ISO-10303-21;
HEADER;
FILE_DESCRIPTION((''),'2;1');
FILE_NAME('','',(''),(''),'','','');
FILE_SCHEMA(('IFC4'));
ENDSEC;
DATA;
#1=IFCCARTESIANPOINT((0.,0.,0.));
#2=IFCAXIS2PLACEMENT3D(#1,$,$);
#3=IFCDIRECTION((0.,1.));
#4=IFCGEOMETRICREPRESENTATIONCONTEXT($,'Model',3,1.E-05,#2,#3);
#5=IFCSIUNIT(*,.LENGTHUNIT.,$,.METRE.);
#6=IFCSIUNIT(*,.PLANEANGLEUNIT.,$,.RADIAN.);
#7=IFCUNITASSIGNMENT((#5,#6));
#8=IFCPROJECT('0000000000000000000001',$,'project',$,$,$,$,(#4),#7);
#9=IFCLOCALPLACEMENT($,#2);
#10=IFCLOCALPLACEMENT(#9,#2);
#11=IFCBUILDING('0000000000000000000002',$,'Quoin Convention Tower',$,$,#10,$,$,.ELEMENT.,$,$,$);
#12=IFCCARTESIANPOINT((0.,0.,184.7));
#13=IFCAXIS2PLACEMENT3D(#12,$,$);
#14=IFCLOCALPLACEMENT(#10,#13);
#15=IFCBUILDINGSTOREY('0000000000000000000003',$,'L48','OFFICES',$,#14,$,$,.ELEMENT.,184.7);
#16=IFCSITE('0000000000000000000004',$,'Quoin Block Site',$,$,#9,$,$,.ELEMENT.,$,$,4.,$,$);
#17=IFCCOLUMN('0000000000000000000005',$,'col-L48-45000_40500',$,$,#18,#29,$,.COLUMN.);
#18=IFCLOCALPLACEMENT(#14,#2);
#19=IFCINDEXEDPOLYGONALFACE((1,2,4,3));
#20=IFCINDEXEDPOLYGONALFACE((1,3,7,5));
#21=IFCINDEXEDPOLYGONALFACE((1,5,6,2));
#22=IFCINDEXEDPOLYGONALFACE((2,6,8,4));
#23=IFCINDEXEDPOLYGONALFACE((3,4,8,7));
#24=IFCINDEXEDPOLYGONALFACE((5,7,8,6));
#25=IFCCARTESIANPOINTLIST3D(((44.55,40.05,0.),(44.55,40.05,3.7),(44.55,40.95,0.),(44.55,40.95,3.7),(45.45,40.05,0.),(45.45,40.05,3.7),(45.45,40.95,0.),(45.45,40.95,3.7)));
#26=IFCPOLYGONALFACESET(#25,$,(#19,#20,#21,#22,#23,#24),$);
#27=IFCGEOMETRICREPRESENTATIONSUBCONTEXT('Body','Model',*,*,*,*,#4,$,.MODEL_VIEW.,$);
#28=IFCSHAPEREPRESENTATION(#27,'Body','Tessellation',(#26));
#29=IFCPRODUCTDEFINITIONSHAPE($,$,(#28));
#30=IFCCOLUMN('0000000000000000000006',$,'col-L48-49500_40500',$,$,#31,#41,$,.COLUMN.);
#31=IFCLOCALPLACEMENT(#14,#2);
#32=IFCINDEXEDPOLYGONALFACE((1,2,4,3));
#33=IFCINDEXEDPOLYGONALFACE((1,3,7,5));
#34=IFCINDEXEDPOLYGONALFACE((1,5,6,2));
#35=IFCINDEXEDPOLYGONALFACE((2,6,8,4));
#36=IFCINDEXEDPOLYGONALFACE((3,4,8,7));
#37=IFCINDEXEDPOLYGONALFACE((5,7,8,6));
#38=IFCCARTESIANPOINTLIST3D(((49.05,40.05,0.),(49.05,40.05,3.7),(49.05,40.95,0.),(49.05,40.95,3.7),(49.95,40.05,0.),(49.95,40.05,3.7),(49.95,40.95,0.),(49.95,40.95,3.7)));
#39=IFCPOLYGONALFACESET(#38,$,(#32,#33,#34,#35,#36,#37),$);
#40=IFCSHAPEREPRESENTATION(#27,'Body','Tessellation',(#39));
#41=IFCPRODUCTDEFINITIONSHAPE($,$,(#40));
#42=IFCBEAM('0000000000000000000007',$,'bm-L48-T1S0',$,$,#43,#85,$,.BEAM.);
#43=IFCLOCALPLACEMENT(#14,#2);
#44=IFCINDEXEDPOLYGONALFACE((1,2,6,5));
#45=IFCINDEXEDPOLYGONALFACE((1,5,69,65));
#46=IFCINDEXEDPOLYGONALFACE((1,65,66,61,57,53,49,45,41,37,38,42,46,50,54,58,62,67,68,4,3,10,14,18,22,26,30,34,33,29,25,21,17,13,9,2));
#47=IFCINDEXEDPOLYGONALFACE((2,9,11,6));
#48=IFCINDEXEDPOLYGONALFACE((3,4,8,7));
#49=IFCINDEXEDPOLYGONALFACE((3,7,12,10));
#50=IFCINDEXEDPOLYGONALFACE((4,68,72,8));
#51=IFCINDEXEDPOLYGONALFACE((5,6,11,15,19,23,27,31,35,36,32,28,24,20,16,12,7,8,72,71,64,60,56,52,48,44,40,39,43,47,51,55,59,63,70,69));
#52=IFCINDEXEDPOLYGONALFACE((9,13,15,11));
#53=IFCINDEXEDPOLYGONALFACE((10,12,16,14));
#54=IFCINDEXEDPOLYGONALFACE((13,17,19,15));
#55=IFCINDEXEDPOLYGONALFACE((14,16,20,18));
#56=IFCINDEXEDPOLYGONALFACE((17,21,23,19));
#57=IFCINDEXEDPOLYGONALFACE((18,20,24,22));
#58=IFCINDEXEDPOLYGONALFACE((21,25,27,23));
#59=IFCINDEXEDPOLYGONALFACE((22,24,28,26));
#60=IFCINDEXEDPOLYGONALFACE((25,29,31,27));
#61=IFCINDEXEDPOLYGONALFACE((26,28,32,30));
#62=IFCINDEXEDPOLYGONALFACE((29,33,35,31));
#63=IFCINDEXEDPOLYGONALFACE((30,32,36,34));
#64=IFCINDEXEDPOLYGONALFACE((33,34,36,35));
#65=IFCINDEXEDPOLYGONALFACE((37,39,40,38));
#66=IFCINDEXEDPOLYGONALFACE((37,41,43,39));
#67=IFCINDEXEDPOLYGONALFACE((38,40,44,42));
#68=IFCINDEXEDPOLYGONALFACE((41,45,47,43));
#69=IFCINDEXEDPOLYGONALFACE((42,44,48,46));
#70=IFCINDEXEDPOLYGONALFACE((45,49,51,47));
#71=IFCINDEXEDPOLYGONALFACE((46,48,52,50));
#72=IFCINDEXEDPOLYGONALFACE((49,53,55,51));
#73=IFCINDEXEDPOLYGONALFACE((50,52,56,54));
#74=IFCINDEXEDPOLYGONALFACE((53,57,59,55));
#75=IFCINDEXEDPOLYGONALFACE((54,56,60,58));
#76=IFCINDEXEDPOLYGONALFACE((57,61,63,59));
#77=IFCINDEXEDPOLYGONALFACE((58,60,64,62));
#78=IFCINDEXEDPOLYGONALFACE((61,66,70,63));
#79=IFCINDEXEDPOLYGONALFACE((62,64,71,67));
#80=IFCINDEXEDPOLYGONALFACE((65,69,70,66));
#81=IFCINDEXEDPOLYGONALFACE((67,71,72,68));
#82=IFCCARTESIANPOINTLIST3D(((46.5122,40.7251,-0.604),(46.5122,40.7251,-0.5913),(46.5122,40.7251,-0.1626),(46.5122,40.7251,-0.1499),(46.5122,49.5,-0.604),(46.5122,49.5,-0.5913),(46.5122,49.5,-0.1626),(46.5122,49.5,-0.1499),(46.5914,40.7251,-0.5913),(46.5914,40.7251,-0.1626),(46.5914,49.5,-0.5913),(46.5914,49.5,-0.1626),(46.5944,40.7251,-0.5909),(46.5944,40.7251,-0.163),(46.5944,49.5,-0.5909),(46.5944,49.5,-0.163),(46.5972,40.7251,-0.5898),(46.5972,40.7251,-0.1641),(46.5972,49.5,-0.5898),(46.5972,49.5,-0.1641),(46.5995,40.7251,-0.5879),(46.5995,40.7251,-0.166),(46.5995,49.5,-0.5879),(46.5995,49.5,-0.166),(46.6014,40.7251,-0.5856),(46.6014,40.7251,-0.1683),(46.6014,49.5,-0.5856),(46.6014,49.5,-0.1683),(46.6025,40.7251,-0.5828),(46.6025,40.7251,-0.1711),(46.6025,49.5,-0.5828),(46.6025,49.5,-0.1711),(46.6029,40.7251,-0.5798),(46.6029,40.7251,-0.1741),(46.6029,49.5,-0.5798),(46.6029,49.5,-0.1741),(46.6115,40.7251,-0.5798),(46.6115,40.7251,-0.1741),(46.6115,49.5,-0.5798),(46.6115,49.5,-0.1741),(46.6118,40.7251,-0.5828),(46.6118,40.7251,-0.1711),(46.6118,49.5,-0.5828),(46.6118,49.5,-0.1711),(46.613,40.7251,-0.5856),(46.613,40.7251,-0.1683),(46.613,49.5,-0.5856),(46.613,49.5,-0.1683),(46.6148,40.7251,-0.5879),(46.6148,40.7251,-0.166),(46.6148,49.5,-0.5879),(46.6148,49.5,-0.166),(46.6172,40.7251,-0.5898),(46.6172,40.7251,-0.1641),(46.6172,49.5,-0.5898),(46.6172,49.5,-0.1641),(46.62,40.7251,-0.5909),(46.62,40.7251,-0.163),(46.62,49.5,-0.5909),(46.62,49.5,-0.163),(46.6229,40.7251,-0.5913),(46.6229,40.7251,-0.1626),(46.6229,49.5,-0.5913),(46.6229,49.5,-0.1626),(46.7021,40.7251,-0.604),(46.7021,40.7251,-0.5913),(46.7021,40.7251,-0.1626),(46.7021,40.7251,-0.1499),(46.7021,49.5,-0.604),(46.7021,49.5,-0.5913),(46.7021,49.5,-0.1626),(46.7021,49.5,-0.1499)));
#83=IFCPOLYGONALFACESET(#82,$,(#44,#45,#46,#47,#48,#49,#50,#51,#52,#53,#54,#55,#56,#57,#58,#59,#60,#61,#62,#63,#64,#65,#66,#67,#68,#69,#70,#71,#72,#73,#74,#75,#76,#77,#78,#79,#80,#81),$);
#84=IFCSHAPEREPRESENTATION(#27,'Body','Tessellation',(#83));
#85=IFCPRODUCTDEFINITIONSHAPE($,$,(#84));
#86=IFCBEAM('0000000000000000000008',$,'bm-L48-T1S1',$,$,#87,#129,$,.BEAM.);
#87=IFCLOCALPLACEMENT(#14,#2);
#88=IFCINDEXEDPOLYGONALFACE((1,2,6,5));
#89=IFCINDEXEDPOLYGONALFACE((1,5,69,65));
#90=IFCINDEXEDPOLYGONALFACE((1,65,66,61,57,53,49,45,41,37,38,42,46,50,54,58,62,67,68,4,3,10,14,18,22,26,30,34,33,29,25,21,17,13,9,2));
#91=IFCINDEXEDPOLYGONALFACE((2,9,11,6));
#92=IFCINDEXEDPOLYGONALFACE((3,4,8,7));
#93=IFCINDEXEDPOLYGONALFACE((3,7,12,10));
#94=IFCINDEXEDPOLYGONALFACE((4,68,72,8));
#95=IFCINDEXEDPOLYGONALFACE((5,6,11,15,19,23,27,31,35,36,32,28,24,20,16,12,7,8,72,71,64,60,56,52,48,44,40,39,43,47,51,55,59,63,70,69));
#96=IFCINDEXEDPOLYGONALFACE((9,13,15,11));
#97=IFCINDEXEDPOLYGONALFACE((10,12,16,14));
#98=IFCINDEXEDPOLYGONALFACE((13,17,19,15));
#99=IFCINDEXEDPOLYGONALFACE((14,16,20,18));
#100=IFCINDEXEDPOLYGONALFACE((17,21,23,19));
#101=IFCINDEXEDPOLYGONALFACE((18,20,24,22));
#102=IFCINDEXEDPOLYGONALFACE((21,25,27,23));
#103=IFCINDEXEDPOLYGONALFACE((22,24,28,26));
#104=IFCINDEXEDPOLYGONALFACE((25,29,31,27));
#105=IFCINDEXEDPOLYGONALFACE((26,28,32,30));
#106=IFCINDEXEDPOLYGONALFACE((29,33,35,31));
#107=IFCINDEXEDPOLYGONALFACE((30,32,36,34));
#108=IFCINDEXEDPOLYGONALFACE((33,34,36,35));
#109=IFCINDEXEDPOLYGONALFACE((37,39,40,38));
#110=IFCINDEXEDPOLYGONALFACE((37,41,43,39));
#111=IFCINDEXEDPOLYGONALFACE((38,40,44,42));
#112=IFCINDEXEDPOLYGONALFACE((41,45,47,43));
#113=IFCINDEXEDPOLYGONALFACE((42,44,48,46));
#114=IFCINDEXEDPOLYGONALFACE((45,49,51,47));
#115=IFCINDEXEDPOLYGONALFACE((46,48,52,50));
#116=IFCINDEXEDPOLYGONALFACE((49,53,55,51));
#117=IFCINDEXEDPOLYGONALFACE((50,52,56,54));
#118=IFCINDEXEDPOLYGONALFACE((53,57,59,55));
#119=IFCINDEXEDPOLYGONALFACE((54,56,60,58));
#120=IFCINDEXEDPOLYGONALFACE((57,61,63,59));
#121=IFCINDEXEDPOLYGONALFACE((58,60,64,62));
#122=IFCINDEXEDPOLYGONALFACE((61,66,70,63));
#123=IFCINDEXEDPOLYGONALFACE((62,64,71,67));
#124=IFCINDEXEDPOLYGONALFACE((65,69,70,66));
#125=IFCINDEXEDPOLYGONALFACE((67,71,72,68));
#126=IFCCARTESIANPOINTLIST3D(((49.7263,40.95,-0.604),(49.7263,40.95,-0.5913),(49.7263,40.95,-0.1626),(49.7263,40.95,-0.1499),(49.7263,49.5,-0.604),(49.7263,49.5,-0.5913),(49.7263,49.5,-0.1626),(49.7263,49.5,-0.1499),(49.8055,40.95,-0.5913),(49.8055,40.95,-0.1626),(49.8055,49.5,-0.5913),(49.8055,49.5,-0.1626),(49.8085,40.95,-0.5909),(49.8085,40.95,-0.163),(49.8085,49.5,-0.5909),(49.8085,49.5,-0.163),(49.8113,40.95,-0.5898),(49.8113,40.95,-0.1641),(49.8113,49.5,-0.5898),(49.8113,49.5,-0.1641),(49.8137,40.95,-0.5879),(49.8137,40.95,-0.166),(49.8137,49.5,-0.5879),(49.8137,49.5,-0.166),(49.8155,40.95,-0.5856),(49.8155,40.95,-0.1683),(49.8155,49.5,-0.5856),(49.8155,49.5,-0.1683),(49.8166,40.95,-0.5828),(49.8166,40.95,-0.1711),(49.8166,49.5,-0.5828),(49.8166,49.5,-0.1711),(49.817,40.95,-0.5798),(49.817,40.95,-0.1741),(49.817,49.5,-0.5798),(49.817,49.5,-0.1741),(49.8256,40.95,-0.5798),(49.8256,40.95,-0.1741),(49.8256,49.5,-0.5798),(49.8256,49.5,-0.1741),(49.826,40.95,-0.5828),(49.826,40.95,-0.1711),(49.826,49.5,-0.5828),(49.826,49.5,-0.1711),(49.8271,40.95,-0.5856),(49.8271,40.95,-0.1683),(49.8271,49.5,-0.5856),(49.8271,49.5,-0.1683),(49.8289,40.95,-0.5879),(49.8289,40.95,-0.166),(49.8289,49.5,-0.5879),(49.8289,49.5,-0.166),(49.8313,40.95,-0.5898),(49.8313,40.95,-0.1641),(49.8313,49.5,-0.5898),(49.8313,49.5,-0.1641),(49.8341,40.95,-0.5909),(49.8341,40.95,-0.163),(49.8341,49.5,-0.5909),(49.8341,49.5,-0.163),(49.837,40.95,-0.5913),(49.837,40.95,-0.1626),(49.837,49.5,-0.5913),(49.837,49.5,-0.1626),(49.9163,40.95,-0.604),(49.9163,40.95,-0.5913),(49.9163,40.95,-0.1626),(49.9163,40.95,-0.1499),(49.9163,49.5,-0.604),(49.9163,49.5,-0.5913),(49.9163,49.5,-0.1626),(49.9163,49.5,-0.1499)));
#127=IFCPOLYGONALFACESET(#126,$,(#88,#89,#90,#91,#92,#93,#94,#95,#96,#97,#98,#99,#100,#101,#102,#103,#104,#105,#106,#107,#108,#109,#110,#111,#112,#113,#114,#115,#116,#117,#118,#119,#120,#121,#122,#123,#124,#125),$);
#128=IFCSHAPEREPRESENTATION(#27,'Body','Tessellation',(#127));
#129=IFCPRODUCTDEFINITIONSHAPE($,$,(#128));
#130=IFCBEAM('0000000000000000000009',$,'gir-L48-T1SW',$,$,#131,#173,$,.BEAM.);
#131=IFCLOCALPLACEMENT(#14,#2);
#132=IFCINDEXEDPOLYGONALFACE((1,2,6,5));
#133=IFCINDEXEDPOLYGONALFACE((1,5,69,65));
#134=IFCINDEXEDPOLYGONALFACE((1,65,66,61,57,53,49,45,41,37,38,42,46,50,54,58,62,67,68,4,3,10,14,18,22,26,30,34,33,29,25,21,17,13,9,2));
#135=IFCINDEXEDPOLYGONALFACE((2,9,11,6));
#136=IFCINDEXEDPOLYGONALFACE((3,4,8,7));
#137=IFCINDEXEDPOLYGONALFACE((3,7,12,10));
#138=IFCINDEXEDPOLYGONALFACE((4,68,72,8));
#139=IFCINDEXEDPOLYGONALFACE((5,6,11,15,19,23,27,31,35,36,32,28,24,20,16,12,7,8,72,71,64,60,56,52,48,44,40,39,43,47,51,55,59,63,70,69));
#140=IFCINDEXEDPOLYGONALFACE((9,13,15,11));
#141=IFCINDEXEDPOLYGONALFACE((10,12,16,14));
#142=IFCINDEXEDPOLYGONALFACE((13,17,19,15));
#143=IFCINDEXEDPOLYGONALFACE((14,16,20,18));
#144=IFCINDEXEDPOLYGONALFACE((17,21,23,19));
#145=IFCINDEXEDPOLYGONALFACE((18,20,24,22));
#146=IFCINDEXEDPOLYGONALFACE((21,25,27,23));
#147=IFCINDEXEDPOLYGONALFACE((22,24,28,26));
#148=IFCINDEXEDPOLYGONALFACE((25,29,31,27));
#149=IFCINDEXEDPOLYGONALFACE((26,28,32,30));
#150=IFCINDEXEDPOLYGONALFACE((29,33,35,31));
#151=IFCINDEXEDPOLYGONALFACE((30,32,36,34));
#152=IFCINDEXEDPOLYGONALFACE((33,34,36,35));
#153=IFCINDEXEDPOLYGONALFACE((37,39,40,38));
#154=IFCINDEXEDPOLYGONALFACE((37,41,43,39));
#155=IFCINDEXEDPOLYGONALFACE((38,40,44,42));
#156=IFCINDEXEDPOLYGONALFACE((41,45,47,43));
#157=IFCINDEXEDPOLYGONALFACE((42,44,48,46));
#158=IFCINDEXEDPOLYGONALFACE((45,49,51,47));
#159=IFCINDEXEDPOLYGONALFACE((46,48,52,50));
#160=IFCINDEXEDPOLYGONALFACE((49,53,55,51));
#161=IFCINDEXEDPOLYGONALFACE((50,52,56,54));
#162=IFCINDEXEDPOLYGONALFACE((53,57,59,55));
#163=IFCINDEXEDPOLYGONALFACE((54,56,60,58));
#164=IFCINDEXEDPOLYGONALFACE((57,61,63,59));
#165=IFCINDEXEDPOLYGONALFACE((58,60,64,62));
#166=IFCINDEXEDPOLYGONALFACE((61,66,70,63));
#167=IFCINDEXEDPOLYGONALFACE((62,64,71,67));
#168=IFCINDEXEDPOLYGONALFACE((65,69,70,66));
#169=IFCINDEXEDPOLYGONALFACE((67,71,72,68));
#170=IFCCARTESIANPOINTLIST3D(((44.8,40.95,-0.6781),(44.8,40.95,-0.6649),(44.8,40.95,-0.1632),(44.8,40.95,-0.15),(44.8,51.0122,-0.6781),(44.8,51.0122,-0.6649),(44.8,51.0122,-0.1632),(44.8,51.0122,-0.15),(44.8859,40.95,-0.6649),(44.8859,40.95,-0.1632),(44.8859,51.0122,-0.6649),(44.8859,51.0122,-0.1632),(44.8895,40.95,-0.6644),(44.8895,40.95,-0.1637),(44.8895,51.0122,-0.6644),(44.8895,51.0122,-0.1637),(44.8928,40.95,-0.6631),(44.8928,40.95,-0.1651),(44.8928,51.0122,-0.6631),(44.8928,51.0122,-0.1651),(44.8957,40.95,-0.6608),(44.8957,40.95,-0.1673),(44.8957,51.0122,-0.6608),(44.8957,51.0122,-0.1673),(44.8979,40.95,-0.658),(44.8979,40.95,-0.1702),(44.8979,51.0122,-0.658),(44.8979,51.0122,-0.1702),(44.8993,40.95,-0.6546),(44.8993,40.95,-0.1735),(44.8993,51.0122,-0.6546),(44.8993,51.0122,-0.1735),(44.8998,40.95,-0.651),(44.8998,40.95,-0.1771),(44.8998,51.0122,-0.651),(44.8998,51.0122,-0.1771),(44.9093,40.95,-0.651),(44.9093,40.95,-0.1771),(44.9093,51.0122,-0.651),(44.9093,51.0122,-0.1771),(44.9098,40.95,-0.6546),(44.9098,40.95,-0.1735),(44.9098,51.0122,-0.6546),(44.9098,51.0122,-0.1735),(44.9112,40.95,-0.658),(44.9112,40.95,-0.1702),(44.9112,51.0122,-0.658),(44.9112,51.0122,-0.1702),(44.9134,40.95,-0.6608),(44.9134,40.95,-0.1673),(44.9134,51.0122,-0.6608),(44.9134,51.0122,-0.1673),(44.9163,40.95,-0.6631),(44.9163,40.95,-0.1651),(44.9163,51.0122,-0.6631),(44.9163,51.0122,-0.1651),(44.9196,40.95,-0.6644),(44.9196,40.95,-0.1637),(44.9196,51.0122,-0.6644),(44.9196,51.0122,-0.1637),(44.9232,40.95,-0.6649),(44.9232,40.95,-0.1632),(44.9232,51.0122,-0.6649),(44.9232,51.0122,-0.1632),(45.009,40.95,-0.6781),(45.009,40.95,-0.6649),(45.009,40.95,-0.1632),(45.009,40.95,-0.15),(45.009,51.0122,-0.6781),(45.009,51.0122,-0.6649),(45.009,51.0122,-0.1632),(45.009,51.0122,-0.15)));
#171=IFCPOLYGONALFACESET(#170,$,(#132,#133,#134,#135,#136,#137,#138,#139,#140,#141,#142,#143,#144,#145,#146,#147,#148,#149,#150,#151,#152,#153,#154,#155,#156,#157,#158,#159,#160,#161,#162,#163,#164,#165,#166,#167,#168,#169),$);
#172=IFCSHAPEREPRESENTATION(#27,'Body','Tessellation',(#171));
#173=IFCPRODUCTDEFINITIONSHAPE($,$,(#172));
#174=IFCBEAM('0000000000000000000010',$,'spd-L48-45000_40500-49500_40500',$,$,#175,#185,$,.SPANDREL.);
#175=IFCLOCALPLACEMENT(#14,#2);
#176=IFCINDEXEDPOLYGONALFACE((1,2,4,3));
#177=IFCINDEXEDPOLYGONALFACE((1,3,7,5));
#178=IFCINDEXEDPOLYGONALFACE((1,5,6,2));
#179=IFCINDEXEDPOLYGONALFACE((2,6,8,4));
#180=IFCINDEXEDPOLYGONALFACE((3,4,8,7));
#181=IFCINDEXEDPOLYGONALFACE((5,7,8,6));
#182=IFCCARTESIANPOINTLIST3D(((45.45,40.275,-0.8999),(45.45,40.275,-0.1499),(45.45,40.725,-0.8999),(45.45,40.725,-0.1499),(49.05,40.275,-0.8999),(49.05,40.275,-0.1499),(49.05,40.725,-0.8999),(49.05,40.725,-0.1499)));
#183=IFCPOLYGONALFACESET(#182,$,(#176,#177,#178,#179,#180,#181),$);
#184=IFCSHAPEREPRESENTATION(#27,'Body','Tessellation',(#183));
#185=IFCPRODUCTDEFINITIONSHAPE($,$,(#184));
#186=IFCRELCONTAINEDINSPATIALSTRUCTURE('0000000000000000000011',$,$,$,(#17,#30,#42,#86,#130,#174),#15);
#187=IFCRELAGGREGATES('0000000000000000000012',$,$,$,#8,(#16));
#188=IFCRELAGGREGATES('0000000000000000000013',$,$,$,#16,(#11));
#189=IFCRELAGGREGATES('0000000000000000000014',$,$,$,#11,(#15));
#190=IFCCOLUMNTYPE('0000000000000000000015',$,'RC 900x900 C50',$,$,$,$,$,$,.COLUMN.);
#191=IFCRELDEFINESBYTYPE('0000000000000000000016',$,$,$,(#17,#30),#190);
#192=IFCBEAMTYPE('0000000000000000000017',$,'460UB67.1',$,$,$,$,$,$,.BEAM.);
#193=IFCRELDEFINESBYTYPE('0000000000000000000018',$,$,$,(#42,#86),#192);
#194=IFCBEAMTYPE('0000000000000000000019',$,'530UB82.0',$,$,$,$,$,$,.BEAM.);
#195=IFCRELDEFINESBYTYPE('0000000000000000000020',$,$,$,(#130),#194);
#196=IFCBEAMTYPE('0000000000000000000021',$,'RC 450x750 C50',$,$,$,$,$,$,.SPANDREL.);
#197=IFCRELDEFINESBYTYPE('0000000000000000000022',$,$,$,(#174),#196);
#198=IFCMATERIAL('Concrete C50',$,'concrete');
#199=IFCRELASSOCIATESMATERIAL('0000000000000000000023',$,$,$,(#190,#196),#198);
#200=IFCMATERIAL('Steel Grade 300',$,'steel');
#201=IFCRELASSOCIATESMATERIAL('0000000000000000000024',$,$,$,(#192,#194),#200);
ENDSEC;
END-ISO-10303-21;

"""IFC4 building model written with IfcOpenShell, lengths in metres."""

from ifc_helpers import new_model, si_unit, direction, frame, origin, origin_2d, place, context, subcontext, project, spatial, rectangle, i_section, extrude, material, material_profile, profile_set, type_object, element, save


model = new_model("IFC4")

# Units and contexts
model_context = context("Model", 3, precision=1e-05, world=origin(), true_north=direction((0.0, 1.0)))
body_context = subcontext(model_context, "Body", "Model", "MODEL_VIEW")
ifc_project = project(units=[si_unit("LENGTHUNIT", "METRE"), si_unit("PLANEANGLEUNIT", "RADIAN")], contexts=[model_context])

# Site, building, storey
site_placement = place(None, origin())
site = spatial("IfcSite", under=ifc_project, at=site_placement, Name="Quoin Block Site", CompositionType="ELEMENT", RefElevation=4.0)
building_placement = place(site_placement, origin())
building = spatial("IfcBuilding", under=site, at=building_placement, Name="Quoin Convention Tower", CompositionType="ELEMENT")
storey_placement = place(building_placement, frame((0.0, 0.0, 184.7)))
storey = spatial("IfcBuildingStorey", under=building, at=storey_placement, Name="L48", Description="OFFICES", CompositionType="ELEMENT", Elevation=184.7)

# Columns
ifc_material_1 = material(Name="Concrete C50", Category="concrete")
ifc_material_profile_1 = material_profile(ifc_material_1, rectangle(XDim=0.8999, YDim=0.8999, at=origin_2d()), Name="RC 900x900")
ifc_profile_set_1 = profile_set([ifc_material_profile_1], Name="Concrete C50")
column_type = type_object("IfcColumnType", Name="RC 900x900 C50", PredefinedType="COLUMN", material=ifc_profile_set_1)
for number, where, z_axis, x_axis, name in (
    (1, (45.0, 40.5, 0.0), (0.0, 0.0, 1.0), (1.0, 0.0, 0.0), "col-L48-45000_40500"),
    (2, (49.5, 40.5, 0.0), (0.0, 0.0, 1.0), (1.0, 0.0, 0.0), "col-L48-49500_40500"),
):
    element("IfcColumn", number, at=place(storey_placement, frame(where, z_axis=z_axis, x_axis=x_axis)), inside=storey, type_object=column_type, Name=name, PredefinedType="COLUMN", context=body_context, shape_type="SweptSolid", body=[
        extrude(rectangle(XDim=0.8999, YDim=0.8999, at=origin_2d()), origin(), (0.0, 0.0, 1.0), 3.7),
    ])

# Beams
ifc_material_2 = material(Name="Steel Grade 300", Category="steel")
ifc_material_profile_2 = material_profile(ifc_material_2, i_section(OverallWidth=0.1899, OverallDepth=0.4541, WebThickness=0.0085, FlangeThickness=0.0127, FilletRadius=0.0115, at=origin_2d()), Name="460UB67.1")
ifc_profile_set_2 = profile_set([ifc_material_profile_2], Name="Steel Grade 300")
beam_type_1 = type_object("IfcBeamType", Name="460UB67.1", PredefinedType="BEAM", material=ifc_profile_set_2)
beam_1_placement = place(storey_placement, frame((46.6072, 40.7251, -0.377), z_axis=(0.0, 1.0, 0.0), x_axis=(-1.0, 0.0, 0.0)))
element("IfcBeam", 3, at=beam_1_placement, inside=storey, type_object=beam_type_1, Name="bm-L48-T1S0", PredefinedType="BEAM", context=body_context, shape_type="SweptSolid", body=[
    extrude(i_section(OverallWidth=0.1899, OverallDepth=0.4541, WebThickness=0.0085, FlangeThickness=0.0127, FilletRadius=0.0115, at=origin_2d()), origin(), (0.0, 0.0, 1.0), 8.7749),
])
beam_2_placement = place(storey_placement, frame((49.8213, 40.95, -0.377), z_axis=(0.0, 1.0, 0.0), x_axis=(-1.0, 0.0, 0.0)))
element("IfcBeam", 4, at=beam_2_placement, inside=storey, type_object=beam_type_1, Name="bm-L48-T1S1", PredefinedType="BEAM", context=body_context, shape_type="SweptSolid", body=[
    extrude(i_section(OverallWidth=0.1899, OverallDepth=0.4541, WebThickness=0.0085, FlangeThickness=0.0127, FilletRadius=0.0115, at=origin_2d()), origin(), (0.0, 0.0, 1.0), 8.55),
])
ifc_material_profile_3 = material_profile(ifc_material_2, i_section(OverallWidth=0.209, OverallDepth=0.5281, WebThickness=0.0095, FlangeThickness=0.0132, FilletRadius=0.0139, at=origin_2d()), Name="530UB82.0")
ifc_profile_set_3 = profile_set([ifc_material_profile_3], Name="Steel Grade 300")
beam_type_2 = type_object("IfcBeamType", Name="530UB82.0", PredefinedType="BEAM", material=ifc_profile_set_3)
beam_3_placement = place(storey_placement, frame((44.9045, 40.95, -0.4141), z_axis=(0.0, 1.0, 0.0), x_axis=(-1.0, 0.0, 0.0)))
element("IfcBeam", 5, at=beam_3_placement, inside=storey, type_object=beam_type_2, Name="gir-L48-T1SW", PredefinedType="BEAM", context=body_context, shape_type="SweptSolid", body=[
    extrude(i_section(OverallWidth=0.209, OverallDepth=0.5281, WebThickness=0.0095, FlangeThickness=0.0132, FilletRadius=0.0139, at=origin_2d()), origin(), (0.0, 0.0, 1.0), 10.0623),
])
ifc_material_profile_4 = material_profile(ifc_material_1, rectangle(XDim=0.45, YDim=0.75, at=origin_2d()), Name="RC 450x750")
ifc_profile_set_4 = profile_set([ifc_material_profile_4], Name="Concrete C50")
beam_type_3 = type_object("IfcBeamType", Name="RC 450x750 C50", PredefinedType="SPANDREL", material=ifc_profile_set_4)
beam_4_placement = place(storey_placement, frame((45.45, 40.5, -0.5249), z_axis=(1.0, 0.0, 0.0), x_axis=(0.0, 1.0, 0.0)))
element("IfcBeam", 6, at=beam_4_placement, inside=storey, type_object=beam_type_3, Name="spd-L48-45000_40500-49500_40500", PredefinedType="SPANDREL", context=body_context, shape_type="SweptSolid", body=[
    extrude(rectangle(XDim=0.45, YDim=0.75, at=origin_2d()), origin(), (0.0, 0.0, 1.0), 3.6001),
])

save(model, "model.ifc")
